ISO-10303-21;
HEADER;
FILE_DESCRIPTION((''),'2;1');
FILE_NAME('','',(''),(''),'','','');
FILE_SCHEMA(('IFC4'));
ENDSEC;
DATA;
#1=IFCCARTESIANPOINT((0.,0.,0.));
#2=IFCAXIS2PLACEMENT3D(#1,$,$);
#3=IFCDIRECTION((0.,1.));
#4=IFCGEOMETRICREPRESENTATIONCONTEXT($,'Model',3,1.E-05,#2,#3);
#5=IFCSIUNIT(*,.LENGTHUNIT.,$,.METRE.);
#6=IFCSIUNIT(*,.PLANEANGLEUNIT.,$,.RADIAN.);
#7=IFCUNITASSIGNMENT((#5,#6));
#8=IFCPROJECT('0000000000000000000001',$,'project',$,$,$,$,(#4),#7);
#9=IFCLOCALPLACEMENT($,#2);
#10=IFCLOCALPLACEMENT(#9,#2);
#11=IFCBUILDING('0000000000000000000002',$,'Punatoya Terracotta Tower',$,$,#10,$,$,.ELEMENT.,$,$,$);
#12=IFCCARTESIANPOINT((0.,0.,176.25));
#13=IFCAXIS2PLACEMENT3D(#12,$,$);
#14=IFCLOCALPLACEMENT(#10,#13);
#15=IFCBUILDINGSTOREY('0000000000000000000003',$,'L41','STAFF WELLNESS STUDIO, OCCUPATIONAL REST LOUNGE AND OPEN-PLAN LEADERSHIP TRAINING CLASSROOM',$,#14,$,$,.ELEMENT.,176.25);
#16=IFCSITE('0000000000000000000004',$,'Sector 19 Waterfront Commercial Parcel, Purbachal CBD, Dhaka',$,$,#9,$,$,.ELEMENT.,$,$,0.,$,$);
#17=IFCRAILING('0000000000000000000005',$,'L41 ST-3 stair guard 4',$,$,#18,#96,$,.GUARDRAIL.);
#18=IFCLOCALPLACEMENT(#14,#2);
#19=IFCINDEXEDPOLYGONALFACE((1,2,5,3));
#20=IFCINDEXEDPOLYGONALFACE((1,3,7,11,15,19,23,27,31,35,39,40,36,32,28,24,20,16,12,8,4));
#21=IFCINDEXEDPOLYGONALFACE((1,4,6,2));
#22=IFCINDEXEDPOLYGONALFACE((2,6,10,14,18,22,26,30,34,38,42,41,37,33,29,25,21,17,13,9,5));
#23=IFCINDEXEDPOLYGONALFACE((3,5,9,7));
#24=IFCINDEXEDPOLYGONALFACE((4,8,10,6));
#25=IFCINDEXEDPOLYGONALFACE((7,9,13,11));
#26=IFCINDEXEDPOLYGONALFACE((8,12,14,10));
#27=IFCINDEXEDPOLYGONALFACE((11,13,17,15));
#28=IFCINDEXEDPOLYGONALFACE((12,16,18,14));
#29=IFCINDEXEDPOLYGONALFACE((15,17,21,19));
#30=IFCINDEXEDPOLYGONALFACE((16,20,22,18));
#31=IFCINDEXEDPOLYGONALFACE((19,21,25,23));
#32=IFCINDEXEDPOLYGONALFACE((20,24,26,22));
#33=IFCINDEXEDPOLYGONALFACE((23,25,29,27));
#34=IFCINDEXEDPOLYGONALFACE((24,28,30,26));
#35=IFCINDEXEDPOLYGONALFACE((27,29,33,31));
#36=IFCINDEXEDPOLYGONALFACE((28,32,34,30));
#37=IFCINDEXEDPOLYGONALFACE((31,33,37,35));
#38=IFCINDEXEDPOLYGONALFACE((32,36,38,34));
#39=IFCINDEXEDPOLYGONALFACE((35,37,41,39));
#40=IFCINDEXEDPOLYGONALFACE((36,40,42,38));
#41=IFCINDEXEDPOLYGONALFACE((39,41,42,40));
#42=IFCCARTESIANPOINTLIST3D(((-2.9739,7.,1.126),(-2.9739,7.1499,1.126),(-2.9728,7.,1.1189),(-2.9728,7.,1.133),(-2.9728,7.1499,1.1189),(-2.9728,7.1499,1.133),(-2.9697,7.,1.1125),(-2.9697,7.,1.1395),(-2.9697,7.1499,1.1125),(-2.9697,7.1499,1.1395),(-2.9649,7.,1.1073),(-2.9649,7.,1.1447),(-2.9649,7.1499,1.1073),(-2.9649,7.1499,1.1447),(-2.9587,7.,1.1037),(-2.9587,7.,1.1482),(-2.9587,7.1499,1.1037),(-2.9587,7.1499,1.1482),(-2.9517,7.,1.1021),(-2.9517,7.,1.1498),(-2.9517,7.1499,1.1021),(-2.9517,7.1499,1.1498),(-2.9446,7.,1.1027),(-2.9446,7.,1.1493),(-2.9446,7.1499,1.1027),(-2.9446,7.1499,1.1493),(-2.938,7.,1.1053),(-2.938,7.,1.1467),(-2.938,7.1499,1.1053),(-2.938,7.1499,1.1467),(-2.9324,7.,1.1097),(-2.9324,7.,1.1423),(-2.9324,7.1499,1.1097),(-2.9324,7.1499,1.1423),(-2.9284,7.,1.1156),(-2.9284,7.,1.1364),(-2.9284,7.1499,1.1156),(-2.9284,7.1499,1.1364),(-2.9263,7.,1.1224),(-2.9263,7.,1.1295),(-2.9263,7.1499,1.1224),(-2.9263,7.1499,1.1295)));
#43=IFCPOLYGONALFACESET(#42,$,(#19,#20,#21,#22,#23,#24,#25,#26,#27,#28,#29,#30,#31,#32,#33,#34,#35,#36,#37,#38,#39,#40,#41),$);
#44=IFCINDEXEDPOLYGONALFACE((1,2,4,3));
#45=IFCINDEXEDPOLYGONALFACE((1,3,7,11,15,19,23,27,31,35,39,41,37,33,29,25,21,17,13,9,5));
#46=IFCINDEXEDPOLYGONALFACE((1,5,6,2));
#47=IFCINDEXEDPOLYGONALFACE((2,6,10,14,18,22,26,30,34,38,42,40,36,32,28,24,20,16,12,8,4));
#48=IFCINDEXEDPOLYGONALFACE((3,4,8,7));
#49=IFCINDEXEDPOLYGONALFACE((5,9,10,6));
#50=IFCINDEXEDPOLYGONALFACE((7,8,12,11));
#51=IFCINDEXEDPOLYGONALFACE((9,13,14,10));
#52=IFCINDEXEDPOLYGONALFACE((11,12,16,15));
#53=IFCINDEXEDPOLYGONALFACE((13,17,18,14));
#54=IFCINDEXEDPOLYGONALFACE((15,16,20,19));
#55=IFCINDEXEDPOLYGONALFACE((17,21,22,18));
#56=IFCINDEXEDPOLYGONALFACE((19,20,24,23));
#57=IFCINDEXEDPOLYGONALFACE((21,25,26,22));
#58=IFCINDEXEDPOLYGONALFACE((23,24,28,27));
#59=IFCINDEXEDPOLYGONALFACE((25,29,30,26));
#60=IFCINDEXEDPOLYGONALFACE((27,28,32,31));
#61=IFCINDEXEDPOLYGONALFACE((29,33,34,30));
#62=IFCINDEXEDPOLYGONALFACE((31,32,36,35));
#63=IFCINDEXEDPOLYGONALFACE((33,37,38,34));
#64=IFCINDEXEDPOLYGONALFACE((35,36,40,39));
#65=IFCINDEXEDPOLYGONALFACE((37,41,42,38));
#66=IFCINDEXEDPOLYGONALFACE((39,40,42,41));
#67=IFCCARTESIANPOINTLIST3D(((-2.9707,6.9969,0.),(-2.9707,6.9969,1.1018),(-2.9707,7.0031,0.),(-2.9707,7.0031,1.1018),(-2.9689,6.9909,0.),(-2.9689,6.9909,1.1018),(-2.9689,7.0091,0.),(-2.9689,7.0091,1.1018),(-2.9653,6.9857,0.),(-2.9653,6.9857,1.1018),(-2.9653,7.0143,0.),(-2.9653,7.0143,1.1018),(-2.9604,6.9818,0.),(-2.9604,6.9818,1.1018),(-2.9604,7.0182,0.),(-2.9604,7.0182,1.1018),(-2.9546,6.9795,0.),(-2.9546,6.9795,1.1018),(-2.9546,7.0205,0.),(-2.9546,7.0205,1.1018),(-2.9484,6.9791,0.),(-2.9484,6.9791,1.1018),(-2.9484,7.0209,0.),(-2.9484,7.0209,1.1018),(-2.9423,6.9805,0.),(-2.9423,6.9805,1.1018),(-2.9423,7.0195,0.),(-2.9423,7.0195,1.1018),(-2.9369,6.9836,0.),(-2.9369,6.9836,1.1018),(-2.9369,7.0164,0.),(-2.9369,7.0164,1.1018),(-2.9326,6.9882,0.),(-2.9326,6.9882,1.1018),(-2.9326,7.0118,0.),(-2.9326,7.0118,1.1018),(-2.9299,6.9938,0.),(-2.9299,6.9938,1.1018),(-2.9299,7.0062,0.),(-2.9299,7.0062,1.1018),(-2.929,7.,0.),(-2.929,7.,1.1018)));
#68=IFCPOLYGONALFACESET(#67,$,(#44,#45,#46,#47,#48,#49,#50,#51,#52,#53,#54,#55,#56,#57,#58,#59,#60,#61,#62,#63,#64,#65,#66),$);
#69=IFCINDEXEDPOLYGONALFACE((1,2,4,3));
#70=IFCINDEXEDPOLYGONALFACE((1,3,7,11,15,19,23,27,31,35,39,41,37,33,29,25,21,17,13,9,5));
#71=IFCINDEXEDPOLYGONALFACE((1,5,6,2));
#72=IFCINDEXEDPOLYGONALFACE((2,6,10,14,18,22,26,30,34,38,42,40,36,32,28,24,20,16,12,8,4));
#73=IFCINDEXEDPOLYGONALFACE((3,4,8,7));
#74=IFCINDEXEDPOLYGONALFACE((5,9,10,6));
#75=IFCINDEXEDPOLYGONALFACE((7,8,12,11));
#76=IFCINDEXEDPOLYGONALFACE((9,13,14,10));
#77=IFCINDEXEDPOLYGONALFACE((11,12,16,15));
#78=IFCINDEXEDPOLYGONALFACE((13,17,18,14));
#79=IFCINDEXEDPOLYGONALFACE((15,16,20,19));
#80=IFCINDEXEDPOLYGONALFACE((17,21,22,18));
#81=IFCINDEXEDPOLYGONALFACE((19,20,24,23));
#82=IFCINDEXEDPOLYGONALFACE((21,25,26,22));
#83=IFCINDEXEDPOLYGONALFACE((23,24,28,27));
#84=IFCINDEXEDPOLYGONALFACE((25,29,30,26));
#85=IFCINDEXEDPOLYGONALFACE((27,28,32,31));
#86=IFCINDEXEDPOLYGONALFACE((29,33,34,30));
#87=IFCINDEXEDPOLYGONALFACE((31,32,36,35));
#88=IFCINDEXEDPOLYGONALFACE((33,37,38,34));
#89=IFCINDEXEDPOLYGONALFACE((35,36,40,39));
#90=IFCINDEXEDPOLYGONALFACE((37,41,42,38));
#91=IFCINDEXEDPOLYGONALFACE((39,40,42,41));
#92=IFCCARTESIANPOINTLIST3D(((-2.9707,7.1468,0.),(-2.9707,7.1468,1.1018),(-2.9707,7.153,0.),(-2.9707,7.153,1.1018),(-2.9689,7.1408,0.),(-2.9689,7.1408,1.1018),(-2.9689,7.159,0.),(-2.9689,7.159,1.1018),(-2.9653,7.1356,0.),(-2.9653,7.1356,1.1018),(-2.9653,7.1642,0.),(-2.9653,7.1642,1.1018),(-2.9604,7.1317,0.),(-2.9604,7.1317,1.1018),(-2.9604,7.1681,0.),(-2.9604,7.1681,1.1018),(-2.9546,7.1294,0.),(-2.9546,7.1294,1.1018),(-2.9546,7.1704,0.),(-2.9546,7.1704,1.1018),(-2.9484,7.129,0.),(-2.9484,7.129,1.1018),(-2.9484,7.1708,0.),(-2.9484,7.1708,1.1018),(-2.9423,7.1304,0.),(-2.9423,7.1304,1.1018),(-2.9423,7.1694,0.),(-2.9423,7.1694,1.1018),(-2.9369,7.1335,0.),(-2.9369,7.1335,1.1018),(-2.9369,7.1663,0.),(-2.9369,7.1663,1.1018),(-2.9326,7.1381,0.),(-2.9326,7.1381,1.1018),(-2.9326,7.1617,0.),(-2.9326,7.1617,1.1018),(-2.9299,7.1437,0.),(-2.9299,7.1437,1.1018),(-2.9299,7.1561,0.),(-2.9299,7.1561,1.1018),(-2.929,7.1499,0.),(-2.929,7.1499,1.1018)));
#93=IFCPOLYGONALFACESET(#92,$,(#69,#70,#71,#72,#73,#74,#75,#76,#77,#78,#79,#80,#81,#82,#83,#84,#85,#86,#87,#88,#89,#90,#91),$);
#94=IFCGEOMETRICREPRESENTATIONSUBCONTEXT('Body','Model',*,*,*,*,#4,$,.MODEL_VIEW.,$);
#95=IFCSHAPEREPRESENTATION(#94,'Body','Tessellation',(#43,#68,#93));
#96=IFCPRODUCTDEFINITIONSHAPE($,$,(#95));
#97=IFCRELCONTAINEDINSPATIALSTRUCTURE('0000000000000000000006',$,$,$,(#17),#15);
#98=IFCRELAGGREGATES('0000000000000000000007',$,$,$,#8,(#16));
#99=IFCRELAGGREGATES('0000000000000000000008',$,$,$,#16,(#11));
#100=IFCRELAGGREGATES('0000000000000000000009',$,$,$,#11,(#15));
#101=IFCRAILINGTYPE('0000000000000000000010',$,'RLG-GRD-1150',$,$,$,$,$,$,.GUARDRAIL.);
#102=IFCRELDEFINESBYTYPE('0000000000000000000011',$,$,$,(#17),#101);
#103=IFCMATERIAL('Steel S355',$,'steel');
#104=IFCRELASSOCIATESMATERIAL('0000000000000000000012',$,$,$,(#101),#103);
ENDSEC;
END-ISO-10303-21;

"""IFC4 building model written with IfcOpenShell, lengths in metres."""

from ifc_helpers import new_model, si_unit, direction, frame, origin, origin_2d, place, context, subcontext, project, spatial, circle, extrude, material, type_object, element, save


model = new_model("IFC4")

# Units and contexts
model_context = context("Model", 3, precision=1e-05, world=origin(), true_north=direction((0.0, 1.0)))
body_context = subcontext(model_context, "Body", "Model", "MODEL_VIEW")
ifc_project = project(units=[si_unit("LENGTHUNIT", "METRE"), si_unit("PLANEANGLEUNIT", "RADIAN")], contexts=[model_context])

# Site, building, storey
site_placement = place(None, origin())
site = spatial("IfcSite", under=ifc_project, at=site_placement, Name="Sector 19 Waterfront Commercial Parcel, Purbachal CBD, Dhaka", CompositionType="ELEMENT", RefElevation=0.0)
building_placement = place(site_placement, origin())
building = spatial("IfcBuilding", under=site, at=building_placement, Name="Punatoya Terracotta Tower", CompositionType="ELEMENT")
storey_placement = place(building_placement, frame((0.0, 0.0, 176.25)))
storey = spatial("IfcBuildingStorey", under=building, at=storey_placement, Name="L41", Description="STAFF WELLNESS STUDIO, OCCUPATIONAL REST LOUNGE AND OPEN-PLAN LEADERSHIP TRAINING CLASSROOM", CompositionType="ELEMENT", Elevation=176.25)

# Shared definitions
ifc_material_1 = material(Name="Steel S355", Category="steel")

# Railing
railing_type_1 = type_object("IfcRailingType", Name="RLG-GRD-1150", PredefinedType="GUARDRAIL", material=ifc_material_1)
railing_1_placement = place(storey_placement, frame((-2.95, 7.0, 0.0)))
element("IfcRailing", 1, at=railing_1_placement, inside=storey, type_object=railing_type_1, Name="L41 ST-3 stair guard 4", PredefinedType="GUARDRAIL", context=body_context, shape_type="SweptSolid", body=[
    extrude(circle(Radius=0.0239, at=origin_2d()), frame((0.0, 0.0, 1.126), z_axis=(0.0, 1.0, 0.0), x_axis=(-1.0, 0.0, 0.0)), (0.0, 0.0, 1.0), 0.1499),
    extrude(circle(Radius=0.021, at=origin_2d()), origin(), (0.0, 0.0, 1.0), 1.1018),
    extrude(circle(Radius=0.021, at=origin_2d()), frame((0.0, 0.1499, 0.0)), (0.0, 0.0, 1.0), 1.1018),
])

save(model, "model.ifc")
